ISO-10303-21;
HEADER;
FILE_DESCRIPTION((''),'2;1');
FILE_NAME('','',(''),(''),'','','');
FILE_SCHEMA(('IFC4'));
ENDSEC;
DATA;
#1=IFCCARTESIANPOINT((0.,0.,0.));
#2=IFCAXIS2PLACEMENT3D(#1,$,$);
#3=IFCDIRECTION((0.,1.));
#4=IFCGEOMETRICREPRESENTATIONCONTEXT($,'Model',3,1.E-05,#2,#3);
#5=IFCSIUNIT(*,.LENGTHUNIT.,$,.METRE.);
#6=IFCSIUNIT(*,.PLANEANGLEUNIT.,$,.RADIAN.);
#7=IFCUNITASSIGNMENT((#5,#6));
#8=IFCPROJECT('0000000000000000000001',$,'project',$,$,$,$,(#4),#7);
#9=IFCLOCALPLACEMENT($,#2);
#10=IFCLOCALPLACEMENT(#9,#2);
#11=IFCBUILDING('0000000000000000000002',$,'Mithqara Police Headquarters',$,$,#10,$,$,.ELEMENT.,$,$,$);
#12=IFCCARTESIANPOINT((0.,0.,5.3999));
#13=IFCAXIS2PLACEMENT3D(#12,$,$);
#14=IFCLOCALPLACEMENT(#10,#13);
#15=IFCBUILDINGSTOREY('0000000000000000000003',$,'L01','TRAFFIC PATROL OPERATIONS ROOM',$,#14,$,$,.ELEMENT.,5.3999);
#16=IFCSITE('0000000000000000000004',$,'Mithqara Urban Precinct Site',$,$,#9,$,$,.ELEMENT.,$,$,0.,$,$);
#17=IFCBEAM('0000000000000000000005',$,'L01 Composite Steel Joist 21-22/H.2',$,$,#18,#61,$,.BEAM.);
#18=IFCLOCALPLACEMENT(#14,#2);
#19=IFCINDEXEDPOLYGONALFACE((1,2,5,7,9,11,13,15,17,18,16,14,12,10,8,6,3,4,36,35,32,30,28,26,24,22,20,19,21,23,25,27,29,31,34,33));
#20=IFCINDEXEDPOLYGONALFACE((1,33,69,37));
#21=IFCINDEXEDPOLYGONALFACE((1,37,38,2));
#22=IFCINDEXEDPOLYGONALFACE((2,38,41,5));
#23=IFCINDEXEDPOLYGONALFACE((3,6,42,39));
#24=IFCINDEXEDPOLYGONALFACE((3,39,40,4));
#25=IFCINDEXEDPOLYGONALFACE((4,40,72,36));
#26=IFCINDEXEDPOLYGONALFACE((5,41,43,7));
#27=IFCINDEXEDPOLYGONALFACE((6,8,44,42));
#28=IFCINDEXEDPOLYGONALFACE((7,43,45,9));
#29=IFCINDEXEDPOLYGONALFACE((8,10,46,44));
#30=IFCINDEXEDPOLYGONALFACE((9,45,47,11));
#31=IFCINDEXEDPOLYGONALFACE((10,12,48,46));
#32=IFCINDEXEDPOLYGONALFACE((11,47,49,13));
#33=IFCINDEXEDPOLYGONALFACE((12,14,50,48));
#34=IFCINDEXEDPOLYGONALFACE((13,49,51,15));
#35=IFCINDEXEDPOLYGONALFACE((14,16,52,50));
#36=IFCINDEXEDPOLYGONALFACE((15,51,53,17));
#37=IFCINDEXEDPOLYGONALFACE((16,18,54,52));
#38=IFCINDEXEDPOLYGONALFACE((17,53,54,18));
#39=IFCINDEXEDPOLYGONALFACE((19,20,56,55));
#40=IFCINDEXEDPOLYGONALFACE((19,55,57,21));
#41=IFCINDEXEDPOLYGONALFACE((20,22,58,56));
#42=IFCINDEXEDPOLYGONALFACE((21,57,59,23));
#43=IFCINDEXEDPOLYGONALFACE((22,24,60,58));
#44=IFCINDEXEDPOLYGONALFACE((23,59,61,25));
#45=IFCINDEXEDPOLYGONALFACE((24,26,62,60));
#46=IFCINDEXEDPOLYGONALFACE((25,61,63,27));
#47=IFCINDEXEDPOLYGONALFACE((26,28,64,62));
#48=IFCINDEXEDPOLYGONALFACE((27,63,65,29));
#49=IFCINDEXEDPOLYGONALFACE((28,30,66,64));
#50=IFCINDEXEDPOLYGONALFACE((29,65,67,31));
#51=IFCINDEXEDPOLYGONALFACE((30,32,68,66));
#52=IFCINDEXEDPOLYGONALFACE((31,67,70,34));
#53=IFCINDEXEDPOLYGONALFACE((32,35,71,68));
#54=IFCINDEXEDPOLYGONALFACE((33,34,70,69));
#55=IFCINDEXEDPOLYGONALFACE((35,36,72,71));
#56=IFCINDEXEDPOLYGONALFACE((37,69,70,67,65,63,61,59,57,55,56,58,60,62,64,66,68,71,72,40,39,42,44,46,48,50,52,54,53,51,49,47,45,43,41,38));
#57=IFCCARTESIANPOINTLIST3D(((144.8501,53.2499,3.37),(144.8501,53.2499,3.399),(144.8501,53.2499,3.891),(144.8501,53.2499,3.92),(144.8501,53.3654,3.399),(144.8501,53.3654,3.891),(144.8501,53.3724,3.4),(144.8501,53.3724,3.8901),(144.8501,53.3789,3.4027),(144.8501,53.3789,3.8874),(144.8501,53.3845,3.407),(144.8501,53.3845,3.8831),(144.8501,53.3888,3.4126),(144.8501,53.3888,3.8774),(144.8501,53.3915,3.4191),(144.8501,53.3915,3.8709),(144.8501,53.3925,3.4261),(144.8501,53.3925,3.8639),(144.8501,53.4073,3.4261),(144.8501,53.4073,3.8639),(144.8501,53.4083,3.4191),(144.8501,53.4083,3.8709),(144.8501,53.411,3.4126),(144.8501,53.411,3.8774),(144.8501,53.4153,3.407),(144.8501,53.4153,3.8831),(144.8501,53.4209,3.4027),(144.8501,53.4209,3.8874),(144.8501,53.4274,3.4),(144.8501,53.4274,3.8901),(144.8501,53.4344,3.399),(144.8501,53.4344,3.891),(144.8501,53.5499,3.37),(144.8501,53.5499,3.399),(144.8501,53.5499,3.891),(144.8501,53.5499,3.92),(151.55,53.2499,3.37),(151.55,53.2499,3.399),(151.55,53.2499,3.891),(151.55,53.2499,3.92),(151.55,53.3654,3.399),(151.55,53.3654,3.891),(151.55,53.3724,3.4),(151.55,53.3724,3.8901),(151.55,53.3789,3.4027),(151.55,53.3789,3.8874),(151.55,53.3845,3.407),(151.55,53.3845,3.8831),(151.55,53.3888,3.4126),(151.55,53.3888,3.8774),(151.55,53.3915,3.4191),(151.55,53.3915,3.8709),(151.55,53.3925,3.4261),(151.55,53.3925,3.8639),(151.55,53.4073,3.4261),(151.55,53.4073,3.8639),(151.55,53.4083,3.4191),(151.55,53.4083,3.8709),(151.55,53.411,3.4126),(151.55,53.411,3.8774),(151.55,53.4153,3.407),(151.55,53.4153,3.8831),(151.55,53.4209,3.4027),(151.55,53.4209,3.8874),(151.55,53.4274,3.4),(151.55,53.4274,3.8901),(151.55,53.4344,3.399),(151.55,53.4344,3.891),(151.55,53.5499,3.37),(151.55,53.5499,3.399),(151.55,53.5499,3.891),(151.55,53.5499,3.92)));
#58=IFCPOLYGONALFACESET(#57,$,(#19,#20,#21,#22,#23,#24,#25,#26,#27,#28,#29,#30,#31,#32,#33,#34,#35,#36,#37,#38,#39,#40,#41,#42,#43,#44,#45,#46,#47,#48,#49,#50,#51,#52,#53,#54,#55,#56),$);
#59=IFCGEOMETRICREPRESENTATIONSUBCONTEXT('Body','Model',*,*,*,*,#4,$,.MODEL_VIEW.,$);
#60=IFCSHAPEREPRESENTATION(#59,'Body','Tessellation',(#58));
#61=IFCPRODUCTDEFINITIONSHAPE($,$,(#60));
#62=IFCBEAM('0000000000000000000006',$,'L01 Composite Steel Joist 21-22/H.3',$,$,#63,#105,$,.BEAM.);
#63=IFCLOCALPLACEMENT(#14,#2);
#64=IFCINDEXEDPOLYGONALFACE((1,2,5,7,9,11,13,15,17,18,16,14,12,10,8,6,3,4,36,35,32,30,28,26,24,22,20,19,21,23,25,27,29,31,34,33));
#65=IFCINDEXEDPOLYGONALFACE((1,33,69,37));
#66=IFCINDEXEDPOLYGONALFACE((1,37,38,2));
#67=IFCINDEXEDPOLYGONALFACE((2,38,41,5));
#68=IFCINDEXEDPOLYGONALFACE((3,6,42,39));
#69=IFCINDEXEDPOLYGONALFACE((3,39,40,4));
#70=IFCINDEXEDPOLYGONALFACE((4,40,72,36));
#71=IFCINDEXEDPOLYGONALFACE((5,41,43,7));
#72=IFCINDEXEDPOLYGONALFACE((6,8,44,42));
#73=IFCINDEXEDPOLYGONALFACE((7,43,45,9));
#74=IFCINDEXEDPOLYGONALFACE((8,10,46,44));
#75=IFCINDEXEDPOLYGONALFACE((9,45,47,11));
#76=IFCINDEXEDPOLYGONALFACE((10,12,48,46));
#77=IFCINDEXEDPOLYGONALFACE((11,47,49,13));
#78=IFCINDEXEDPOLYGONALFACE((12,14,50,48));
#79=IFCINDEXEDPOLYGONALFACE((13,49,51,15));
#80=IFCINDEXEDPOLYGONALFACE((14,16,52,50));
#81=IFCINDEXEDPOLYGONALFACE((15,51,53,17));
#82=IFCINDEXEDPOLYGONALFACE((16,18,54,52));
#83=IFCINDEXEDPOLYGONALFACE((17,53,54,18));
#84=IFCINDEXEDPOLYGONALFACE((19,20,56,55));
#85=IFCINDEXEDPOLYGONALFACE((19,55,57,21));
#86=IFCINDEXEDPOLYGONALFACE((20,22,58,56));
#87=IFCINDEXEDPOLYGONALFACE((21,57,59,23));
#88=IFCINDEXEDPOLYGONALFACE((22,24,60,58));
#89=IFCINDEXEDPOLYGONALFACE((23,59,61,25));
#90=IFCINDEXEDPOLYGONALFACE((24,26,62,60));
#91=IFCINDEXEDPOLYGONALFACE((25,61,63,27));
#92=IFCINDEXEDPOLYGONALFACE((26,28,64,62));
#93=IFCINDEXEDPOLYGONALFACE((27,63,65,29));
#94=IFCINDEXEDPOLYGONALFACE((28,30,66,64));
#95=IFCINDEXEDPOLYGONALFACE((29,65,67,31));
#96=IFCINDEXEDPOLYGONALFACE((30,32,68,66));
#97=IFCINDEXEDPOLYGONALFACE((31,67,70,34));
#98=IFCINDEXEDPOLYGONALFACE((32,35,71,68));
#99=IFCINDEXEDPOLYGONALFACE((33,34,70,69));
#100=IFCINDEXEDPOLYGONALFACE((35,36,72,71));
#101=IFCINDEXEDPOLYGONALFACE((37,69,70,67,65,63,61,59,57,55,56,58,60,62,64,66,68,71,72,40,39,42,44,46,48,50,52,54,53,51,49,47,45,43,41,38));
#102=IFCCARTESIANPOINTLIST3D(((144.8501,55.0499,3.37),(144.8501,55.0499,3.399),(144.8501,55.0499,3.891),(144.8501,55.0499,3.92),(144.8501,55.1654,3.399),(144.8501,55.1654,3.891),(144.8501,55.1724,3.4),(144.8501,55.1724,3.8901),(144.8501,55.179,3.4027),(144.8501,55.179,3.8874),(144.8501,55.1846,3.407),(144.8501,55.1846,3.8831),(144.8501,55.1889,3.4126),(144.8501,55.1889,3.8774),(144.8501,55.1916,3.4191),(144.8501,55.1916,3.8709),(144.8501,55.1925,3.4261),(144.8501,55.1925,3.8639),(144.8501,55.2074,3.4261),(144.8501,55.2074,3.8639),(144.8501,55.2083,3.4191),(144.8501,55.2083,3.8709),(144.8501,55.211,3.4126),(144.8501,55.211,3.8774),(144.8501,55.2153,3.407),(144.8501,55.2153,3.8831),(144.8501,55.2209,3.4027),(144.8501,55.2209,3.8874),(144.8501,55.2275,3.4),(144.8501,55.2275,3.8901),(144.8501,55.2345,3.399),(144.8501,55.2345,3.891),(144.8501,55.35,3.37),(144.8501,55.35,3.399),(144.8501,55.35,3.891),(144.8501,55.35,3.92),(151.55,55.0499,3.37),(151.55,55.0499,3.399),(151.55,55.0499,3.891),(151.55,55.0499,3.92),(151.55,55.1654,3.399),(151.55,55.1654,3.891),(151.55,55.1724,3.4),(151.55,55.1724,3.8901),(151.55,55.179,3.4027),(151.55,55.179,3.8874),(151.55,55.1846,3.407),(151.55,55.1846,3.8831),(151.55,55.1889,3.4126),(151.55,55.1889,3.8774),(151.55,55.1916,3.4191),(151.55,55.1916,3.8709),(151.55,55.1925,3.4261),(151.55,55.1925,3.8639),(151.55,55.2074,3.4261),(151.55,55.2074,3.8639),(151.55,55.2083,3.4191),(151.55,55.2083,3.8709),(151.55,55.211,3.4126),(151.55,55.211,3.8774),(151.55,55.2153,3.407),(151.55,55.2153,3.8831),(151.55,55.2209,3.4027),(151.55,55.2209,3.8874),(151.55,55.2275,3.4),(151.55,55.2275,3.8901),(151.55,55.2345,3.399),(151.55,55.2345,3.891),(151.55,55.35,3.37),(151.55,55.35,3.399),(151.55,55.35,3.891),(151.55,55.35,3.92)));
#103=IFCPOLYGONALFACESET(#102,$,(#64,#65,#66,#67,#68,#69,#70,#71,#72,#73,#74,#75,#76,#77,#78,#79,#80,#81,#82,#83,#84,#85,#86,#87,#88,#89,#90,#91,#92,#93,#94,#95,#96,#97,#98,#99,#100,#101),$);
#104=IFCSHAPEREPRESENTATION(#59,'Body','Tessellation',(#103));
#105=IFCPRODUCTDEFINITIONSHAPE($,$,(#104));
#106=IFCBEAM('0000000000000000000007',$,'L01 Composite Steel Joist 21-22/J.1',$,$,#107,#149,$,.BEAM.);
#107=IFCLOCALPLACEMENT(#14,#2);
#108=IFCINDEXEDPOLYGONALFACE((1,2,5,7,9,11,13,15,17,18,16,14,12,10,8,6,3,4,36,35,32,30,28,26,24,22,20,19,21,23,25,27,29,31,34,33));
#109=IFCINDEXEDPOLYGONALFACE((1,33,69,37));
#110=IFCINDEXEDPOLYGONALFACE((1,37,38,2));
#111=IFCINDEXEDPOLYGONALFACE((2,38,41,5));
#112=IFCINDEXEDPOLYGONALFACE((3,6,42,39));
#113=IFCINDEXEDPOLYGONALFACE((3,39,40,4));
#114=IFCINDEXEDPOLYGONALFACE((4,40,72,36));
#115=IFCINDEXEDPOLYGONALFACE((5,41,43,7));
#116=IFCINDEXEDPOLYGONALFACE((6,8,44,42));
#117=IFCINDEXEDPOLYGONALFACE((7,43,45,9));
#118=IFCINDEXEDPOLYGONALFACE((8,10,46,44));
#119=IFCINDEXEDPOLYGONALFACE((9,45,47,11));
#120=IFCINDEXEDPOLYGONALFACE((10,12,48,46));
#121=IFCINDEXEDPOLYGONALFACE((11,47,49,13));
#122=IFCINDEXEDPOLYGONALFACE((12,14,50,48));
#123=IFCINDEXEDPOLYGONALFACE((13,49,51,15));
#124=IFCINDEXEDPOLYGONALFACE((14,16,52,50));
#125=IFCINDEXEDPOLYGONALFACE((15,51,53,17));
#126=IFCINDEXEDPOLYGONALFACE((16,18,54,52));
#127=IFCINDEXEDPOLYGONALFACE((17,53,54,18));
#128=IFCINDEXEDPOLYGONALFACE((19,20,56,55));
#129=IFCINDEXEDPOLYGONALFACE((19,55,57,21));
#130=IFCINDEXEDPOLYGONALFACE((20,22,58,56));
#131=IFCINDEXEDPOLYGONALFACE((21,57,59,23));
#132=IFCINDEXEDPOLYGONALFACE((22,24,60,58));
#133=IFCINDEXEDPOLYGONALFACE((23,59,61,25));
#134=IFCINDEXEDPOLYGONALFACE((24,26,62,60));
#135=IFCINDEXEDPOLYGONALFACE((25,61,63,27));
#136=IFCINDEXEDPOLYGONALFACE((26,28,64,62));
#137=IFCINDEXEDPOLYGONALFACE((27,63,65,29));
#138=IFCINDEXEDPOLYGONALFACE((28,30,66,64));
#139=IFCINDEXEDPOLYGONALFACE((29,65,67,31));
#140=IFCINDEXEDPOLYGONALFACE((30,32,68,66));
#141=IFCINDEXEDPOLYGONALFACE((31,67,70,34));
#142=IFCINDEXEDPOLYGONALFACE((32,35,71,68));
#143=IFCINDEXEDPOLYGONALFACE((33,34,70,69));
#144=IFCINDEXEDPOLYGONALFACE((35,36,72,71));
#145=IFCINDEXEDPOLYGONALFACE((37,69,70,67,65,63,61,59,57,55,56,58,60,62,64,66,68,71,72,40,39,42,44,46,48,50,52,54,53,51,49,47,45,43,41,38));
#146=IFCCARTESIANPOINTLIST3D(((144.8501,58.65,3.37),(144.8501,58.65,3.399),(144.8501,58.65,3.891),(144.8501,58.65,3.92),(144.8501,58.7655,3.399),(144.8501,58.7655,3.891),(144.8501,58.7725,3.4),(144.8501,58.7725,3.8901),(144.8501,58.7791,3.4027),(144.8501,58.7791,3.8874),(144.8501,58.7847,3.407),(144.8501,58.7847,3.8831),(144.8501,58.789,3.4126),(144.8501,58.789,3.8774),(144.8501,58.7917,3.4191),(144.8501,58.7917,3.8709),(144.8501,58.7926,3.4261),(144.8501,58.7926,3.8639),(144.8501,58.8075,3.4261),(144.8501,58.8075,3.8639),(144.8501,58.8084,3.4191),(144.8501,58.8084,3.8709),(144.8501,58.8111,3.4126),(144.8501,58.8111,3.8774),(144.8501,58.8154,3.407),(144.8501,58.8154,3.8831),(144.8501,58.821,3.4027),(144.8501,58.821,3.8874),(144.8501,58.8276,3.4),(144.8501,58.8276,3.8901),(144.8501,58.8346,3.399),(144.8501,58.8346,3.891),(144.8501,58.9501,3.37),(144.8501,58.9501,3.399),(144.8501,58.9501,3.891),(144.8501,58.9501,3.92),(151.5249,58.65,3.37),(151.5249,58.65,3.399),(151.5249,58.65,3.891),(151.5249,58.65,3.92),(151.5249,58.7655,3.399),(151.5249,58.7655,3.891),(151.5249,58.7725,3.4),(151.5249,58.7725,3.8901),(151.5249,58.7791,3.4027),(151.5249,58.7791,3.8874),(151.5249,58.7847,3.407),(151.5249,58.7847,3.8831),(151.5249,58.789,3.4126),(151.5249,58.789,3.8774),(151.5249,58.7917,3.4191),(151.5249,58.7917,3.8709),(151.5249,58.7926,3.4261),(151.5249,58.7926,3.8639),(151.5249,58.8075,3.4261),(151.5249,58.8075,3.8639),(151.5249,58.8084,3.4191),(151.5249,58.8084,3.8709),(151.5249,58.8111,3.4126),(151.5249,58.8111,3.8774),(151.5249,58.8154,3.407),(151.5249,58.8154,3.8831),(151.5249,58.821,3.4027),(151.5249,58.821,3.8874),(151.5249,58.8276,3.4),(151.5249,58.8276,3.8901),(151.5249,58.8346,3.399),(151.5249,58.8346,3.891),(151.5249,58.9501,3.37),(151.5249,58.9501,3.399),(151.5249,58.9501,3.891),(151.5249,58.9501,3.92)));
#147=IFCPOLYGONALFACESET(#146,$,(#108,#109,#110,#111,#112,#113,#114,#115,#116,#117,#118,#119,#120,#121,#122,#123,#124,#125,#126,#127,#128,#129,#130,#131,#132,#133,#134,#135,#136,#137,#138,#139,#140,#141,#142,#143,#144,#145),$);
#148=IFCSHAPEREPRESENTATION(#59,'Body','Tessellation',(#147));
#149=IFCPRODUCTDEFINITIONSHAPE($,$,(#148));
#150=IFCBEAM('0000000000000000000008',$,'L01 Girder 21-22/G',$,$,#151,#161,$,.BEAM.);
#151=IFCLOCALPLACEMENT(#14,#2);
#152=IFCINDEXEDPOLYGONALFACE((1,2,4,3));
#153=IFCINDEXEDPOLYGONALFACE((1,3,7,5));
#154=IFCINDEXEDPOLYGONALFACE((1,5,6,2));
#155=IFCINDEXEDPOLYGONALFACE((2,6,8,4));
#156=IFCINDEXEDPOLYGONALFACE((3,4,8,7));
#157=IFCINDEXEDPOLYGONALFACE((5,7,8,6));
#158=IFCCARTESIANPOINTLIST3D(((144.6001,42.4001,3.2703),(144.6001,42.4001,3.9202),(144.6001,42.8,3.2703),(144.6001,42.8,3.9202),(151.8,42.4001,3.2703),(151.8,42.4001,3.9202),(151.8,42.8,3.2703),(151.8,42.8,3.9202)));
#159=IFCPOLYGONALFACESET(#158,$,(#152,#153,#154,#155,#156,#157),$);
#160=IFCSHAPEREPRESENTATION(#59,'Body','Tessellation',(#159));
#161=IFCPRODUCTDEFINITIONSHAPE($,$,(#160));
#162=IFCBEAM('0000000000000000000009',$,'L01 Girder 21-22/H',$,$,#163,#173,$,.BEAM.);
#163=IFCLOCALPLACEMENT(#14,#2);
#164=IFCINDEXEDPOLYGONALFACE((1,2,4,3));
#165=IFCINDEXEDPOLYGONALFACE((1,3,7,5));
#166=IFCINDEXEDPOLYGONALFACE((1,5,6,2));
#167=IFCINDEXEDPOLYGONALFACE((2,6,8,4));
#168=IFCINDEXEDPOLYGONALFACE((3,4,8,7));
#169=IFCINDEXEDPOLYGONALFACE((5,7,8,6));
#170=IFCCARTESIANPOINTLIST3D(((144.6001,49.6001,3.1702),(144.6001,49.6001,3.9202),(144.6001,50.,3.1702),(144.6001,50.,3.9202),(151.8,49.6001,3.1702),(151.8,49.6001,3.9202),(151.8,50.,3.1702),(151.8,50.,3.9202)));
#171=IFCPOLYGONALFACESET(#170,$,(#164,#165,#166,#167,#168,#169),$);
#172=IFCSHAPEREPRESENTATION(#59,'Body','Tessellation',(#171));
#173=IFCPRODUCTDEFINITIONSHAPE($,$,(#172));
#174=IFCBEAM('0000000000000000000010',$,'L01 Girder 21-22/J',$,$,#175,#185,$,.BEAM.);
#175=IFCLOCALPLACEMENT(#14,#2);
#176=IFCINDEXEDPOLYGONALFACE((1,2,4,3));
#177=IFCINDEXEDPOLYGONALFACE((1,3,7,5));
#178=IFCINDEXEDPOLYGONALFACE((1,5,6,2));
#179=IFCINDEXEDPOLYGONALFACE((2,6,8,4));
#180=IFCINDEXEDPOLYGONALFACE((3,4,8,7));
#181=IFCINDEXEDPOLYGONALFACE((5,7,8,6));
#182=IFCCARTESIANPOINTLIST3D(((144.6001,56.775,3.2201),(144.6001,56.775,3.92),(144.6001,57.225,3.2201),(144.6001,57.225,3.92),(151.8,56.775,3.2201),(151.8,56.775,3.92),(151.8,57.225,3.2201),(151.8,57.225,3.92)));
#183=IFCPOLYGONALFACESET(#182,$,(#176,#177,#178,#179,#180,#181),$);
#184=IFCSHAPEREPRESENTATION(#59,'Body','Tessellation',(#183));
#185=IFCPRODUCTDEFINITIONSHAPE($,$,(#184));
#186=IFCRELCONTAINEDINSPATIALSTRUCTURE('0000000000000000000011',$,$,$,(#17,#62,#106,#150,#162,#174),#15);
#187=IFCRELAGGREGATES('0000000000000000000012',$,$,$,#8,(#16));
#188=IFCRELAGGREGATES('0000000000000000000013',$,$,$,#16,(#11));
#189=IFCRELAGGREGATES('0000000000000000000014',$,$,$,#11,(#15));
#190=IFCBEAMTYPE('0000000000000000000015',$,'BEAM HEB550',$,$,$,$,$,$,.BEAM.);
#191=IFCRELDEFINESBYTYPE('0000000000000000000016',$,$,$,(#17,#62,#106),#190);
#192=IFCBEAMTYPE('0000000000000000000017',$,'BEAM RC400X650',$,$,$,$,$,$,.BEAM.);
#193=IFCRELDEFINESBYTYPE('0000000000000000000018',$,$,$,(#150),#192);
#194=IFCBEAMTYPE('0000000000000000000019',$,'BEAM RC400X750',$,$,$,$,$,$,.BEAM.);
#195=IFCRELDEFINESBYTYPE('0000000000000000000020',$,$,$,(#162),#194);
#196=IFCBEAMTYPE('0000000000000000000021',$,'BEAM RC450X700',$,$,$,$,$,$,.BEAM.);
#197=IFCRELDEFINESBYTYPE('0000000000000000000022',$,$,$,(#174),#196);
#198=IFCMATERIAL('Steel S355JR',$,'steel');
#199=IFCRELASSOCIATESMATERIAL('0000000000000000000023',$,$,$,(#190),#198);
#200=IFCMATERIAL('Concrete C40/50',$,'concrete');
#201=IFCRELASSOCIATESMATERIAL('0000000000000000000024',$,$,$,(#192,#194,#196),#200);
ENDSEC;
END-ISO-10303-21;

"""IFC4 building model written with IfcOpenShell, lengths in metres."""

from ifc_helpers import new_model, si_unit, direction, frame, origin, origin_2d, place, context, subcontext, project, spatial, rectangle, i_section, extrude, material, material_profile, profile_set, type_object, element, save


model = new_model("IFC4")

# Units and contexts
model_context = context("Model", 3, precision=1e-05, world=origin(), true_north=direction((0.0, 1.0)))
body_context = subcontext(model_context, "Body", "Model", "MODEL_VIEW")
ifc_project = project(units=[si_unit("LENGTHUNIT", "METRE"), si_unit("PLANEANGLEUNIT", "RADIAN")], contexts=[model_context])

# Site, building, storey
site_placement = place(None, origin())
site = spatial("IfcSite", under=ifc_project, at=site_placement, Name="Mithqara Urban Precinct Site", CompositionType="ELEMENT", RefElevation=0.0)
building_placement = place(site_placement, origin())
building = spatial("IfcBuilding", under=site, at=building_placement, Name="Mithqara Police Headquarters", CompositionType="ELEMENT")
storey_placement = place(building_placement, frame((0.0, 0.0, 5.3999)))
storey = spatial("IfcBuildingStorey", under=building, at=storey_placement, Name="L01", Description="TRAFFIC PATROL OPERATIONS ROOM", CompositionType="ELEMENT", Elevation=5.3999)

# Beams
ifc_material_1 = material(Name="Steel S355JR", Category="steel")
ifc_material_profile_1 = material_profile(ifc_material_1, i_section(OverallWidth=0.3, OverallDepth=0.55, WebThickness=0.0149, FlangeThickness=0.0291, FilletRadius=0.0271, at=origin_2d()), Name="HEB 550")
ifc_profile_set_1 = profile_set([ifc_material_profile_1], Name="Steel S355JR")
beam_type_1 = type_object("IfcBeamType", Name="BEAM HEB550", PredefinedType="BEAM", material=ifc_profile_set_1)
for number, where, z_axis, x_axis, name in (
    (1, (144.8501, 53.3999, 3.645), (1.0, 0.0, 0.0), (0.0, 1.0, 0.0), "L01 Composite Steel Joist 21-22/H.2"),
    (2, (144.8501, 55.2, 3.645), (1.0, 0.0, 0.0), (0.0, 1.0, 0.0), "L01 Composite Steel Joist 21-22/H.3"),
):
    element("IfcBeam", number, at=place(storey_placement, frame(where, z_axis=z_axis, x_axis=x_axis)), inside=storey, type_object=beam_type_1, Name=name, PredefinedType="BEAM", context=body_context, shape_type="SweptSolid", body=[
        extrude(i_section(OverallWidth=0.3, OverallDepth=0.55, WebThickness=0.0149, FlangeThickness=0.0291, FilletRadius=0.0271, at=origin_2d()), origin(), (0.0, 0.0, 1.0), 6.7),
    ])
beam_1_placement = place(storey_placement, frame((144.8501, 58.8, 3.645), z_axis=(1.0, 0.0, 0.0), x_axis=(0.0, 1.0, 0.0)))
element("IfcBeam", 3, at=beam_1_placement, inside=storey, type_object=beam_type_1, Name="L01 Composite Steel Joist 21-22/J.1", PredefinedType="BEAM", context=body_context, shape_type="SweptSolid", body=[
    extrude(i_section(OverallWidth=0.3, OverallDepth=0.55, WebThickness=0.0149, FlangeThickness=0.0291, FilletRadius=0.0271, at=origin_2d()), origin(), (0.0, 0.0, 1.0), 6.6748),
])
ifc_material_2 = material(Name="Concrete C40/50", Category="concrete")
ifc_material_profile_2 = material_profile(ifc_material_2, rectangle(XDim=0.3999, YDim=0.6499, at=origin_2d()), Name="RC 400x650")
ifc_profile_set_2 = profile_set([ifc_material_profile_2], Name="Concrete C40/50")
beam_type_2 = type_object("IfcBeamType", Name="BEAM RC400X650", PredefinedType="BEAM", material=ifc_profile_set_2)
beam_2_placement = place(storey_placement, frame((144.6001, 42.6001, 3.5952), z_axis=(1.0, 0.0, 0.0), x_axis=(0.0, 1.0, 0.0)))
element("IfcBeam", 4, at=beam_2_placement, inside=storey, type_object=beam_type_2, Name="L01 Girder 21-22/G", PredefinedType="BEAM", context=body_context, shape_type="SweptSolid", body=[
    extrude(rectangle(XDim=0.3999, YDim=0.6499, at=origin_2d()), origin(), (0.0, 0.0, 1.0), 7.2),
])
ifc_material_profile_3 = material_profile(ifc_material_2, rectangle(XDim=0.3999, YDim=0.75, at=origin_2d()), Name="RC 400x750")
ifc_profile_set_3 = profile_set([ifc_material_profile_3], Name="Concrete C40/50")
beam_type_3 = type_object("IfcBeamType", Name="BEAM RC400X750", PredefinedType="BEAM", material=ifc_profile_set_3)
beam_3_placement = place(storey_placement, frame((144.6001, 49.8, 3.5452), z_axis=(1.0, 0.0, 0.0), x_axis=(0.0, 1.0, 0.0)))
element("IfcBeam", 5, at=beam_3_placement, inside=storey, type_object=beam_type_3, Name="L01 Girder 21-22/H", PredefinedType="BEAM", context=body_context, shape_type="SweptSolid", body=[
    extrude(rectangle(XDim=0.3999, YDim=0.75, at=origin_2d()), origin(), (0.0, 0.0, 1.0), 7.2),
])
ifc_material_profile_4 = material_profile(ifc_material_2, rectangle(XDim=0.45, YDim=0.7, at=origin_2d()), Name="RC 450x700")
ifc_profile_set_4 = profile_set([ifc_material_profile_4], Name="Concrete C40/50")
beam_type_4 = type_object("IfcBeamType", Name="BEAM RC450X700", PredefinedType="BEAM", material=ifc_profile_set_4)
beam_4_placement = place(storey_placement, frame((144.6001, 57.0, 3.5701), z_axis=(1.0, 0.0, 0.0), x_axis=(0.0, 1.0, 0.0)))
element("IfcBeam", 6, at=beam_4_placement, inside=storey, type_object=beam_type_4, Name="L01 Girder 21-22/J", PredefinedType="BEAM", context=body_context, shape_type="SweptSolid", body=[
    extrude(rectangle(XDim=0.45, YDim=0.7, at=origin_2d()), origin(), (0.0, 0.0, 1.0), 7.2),
])

save(model, "model.ifc")
